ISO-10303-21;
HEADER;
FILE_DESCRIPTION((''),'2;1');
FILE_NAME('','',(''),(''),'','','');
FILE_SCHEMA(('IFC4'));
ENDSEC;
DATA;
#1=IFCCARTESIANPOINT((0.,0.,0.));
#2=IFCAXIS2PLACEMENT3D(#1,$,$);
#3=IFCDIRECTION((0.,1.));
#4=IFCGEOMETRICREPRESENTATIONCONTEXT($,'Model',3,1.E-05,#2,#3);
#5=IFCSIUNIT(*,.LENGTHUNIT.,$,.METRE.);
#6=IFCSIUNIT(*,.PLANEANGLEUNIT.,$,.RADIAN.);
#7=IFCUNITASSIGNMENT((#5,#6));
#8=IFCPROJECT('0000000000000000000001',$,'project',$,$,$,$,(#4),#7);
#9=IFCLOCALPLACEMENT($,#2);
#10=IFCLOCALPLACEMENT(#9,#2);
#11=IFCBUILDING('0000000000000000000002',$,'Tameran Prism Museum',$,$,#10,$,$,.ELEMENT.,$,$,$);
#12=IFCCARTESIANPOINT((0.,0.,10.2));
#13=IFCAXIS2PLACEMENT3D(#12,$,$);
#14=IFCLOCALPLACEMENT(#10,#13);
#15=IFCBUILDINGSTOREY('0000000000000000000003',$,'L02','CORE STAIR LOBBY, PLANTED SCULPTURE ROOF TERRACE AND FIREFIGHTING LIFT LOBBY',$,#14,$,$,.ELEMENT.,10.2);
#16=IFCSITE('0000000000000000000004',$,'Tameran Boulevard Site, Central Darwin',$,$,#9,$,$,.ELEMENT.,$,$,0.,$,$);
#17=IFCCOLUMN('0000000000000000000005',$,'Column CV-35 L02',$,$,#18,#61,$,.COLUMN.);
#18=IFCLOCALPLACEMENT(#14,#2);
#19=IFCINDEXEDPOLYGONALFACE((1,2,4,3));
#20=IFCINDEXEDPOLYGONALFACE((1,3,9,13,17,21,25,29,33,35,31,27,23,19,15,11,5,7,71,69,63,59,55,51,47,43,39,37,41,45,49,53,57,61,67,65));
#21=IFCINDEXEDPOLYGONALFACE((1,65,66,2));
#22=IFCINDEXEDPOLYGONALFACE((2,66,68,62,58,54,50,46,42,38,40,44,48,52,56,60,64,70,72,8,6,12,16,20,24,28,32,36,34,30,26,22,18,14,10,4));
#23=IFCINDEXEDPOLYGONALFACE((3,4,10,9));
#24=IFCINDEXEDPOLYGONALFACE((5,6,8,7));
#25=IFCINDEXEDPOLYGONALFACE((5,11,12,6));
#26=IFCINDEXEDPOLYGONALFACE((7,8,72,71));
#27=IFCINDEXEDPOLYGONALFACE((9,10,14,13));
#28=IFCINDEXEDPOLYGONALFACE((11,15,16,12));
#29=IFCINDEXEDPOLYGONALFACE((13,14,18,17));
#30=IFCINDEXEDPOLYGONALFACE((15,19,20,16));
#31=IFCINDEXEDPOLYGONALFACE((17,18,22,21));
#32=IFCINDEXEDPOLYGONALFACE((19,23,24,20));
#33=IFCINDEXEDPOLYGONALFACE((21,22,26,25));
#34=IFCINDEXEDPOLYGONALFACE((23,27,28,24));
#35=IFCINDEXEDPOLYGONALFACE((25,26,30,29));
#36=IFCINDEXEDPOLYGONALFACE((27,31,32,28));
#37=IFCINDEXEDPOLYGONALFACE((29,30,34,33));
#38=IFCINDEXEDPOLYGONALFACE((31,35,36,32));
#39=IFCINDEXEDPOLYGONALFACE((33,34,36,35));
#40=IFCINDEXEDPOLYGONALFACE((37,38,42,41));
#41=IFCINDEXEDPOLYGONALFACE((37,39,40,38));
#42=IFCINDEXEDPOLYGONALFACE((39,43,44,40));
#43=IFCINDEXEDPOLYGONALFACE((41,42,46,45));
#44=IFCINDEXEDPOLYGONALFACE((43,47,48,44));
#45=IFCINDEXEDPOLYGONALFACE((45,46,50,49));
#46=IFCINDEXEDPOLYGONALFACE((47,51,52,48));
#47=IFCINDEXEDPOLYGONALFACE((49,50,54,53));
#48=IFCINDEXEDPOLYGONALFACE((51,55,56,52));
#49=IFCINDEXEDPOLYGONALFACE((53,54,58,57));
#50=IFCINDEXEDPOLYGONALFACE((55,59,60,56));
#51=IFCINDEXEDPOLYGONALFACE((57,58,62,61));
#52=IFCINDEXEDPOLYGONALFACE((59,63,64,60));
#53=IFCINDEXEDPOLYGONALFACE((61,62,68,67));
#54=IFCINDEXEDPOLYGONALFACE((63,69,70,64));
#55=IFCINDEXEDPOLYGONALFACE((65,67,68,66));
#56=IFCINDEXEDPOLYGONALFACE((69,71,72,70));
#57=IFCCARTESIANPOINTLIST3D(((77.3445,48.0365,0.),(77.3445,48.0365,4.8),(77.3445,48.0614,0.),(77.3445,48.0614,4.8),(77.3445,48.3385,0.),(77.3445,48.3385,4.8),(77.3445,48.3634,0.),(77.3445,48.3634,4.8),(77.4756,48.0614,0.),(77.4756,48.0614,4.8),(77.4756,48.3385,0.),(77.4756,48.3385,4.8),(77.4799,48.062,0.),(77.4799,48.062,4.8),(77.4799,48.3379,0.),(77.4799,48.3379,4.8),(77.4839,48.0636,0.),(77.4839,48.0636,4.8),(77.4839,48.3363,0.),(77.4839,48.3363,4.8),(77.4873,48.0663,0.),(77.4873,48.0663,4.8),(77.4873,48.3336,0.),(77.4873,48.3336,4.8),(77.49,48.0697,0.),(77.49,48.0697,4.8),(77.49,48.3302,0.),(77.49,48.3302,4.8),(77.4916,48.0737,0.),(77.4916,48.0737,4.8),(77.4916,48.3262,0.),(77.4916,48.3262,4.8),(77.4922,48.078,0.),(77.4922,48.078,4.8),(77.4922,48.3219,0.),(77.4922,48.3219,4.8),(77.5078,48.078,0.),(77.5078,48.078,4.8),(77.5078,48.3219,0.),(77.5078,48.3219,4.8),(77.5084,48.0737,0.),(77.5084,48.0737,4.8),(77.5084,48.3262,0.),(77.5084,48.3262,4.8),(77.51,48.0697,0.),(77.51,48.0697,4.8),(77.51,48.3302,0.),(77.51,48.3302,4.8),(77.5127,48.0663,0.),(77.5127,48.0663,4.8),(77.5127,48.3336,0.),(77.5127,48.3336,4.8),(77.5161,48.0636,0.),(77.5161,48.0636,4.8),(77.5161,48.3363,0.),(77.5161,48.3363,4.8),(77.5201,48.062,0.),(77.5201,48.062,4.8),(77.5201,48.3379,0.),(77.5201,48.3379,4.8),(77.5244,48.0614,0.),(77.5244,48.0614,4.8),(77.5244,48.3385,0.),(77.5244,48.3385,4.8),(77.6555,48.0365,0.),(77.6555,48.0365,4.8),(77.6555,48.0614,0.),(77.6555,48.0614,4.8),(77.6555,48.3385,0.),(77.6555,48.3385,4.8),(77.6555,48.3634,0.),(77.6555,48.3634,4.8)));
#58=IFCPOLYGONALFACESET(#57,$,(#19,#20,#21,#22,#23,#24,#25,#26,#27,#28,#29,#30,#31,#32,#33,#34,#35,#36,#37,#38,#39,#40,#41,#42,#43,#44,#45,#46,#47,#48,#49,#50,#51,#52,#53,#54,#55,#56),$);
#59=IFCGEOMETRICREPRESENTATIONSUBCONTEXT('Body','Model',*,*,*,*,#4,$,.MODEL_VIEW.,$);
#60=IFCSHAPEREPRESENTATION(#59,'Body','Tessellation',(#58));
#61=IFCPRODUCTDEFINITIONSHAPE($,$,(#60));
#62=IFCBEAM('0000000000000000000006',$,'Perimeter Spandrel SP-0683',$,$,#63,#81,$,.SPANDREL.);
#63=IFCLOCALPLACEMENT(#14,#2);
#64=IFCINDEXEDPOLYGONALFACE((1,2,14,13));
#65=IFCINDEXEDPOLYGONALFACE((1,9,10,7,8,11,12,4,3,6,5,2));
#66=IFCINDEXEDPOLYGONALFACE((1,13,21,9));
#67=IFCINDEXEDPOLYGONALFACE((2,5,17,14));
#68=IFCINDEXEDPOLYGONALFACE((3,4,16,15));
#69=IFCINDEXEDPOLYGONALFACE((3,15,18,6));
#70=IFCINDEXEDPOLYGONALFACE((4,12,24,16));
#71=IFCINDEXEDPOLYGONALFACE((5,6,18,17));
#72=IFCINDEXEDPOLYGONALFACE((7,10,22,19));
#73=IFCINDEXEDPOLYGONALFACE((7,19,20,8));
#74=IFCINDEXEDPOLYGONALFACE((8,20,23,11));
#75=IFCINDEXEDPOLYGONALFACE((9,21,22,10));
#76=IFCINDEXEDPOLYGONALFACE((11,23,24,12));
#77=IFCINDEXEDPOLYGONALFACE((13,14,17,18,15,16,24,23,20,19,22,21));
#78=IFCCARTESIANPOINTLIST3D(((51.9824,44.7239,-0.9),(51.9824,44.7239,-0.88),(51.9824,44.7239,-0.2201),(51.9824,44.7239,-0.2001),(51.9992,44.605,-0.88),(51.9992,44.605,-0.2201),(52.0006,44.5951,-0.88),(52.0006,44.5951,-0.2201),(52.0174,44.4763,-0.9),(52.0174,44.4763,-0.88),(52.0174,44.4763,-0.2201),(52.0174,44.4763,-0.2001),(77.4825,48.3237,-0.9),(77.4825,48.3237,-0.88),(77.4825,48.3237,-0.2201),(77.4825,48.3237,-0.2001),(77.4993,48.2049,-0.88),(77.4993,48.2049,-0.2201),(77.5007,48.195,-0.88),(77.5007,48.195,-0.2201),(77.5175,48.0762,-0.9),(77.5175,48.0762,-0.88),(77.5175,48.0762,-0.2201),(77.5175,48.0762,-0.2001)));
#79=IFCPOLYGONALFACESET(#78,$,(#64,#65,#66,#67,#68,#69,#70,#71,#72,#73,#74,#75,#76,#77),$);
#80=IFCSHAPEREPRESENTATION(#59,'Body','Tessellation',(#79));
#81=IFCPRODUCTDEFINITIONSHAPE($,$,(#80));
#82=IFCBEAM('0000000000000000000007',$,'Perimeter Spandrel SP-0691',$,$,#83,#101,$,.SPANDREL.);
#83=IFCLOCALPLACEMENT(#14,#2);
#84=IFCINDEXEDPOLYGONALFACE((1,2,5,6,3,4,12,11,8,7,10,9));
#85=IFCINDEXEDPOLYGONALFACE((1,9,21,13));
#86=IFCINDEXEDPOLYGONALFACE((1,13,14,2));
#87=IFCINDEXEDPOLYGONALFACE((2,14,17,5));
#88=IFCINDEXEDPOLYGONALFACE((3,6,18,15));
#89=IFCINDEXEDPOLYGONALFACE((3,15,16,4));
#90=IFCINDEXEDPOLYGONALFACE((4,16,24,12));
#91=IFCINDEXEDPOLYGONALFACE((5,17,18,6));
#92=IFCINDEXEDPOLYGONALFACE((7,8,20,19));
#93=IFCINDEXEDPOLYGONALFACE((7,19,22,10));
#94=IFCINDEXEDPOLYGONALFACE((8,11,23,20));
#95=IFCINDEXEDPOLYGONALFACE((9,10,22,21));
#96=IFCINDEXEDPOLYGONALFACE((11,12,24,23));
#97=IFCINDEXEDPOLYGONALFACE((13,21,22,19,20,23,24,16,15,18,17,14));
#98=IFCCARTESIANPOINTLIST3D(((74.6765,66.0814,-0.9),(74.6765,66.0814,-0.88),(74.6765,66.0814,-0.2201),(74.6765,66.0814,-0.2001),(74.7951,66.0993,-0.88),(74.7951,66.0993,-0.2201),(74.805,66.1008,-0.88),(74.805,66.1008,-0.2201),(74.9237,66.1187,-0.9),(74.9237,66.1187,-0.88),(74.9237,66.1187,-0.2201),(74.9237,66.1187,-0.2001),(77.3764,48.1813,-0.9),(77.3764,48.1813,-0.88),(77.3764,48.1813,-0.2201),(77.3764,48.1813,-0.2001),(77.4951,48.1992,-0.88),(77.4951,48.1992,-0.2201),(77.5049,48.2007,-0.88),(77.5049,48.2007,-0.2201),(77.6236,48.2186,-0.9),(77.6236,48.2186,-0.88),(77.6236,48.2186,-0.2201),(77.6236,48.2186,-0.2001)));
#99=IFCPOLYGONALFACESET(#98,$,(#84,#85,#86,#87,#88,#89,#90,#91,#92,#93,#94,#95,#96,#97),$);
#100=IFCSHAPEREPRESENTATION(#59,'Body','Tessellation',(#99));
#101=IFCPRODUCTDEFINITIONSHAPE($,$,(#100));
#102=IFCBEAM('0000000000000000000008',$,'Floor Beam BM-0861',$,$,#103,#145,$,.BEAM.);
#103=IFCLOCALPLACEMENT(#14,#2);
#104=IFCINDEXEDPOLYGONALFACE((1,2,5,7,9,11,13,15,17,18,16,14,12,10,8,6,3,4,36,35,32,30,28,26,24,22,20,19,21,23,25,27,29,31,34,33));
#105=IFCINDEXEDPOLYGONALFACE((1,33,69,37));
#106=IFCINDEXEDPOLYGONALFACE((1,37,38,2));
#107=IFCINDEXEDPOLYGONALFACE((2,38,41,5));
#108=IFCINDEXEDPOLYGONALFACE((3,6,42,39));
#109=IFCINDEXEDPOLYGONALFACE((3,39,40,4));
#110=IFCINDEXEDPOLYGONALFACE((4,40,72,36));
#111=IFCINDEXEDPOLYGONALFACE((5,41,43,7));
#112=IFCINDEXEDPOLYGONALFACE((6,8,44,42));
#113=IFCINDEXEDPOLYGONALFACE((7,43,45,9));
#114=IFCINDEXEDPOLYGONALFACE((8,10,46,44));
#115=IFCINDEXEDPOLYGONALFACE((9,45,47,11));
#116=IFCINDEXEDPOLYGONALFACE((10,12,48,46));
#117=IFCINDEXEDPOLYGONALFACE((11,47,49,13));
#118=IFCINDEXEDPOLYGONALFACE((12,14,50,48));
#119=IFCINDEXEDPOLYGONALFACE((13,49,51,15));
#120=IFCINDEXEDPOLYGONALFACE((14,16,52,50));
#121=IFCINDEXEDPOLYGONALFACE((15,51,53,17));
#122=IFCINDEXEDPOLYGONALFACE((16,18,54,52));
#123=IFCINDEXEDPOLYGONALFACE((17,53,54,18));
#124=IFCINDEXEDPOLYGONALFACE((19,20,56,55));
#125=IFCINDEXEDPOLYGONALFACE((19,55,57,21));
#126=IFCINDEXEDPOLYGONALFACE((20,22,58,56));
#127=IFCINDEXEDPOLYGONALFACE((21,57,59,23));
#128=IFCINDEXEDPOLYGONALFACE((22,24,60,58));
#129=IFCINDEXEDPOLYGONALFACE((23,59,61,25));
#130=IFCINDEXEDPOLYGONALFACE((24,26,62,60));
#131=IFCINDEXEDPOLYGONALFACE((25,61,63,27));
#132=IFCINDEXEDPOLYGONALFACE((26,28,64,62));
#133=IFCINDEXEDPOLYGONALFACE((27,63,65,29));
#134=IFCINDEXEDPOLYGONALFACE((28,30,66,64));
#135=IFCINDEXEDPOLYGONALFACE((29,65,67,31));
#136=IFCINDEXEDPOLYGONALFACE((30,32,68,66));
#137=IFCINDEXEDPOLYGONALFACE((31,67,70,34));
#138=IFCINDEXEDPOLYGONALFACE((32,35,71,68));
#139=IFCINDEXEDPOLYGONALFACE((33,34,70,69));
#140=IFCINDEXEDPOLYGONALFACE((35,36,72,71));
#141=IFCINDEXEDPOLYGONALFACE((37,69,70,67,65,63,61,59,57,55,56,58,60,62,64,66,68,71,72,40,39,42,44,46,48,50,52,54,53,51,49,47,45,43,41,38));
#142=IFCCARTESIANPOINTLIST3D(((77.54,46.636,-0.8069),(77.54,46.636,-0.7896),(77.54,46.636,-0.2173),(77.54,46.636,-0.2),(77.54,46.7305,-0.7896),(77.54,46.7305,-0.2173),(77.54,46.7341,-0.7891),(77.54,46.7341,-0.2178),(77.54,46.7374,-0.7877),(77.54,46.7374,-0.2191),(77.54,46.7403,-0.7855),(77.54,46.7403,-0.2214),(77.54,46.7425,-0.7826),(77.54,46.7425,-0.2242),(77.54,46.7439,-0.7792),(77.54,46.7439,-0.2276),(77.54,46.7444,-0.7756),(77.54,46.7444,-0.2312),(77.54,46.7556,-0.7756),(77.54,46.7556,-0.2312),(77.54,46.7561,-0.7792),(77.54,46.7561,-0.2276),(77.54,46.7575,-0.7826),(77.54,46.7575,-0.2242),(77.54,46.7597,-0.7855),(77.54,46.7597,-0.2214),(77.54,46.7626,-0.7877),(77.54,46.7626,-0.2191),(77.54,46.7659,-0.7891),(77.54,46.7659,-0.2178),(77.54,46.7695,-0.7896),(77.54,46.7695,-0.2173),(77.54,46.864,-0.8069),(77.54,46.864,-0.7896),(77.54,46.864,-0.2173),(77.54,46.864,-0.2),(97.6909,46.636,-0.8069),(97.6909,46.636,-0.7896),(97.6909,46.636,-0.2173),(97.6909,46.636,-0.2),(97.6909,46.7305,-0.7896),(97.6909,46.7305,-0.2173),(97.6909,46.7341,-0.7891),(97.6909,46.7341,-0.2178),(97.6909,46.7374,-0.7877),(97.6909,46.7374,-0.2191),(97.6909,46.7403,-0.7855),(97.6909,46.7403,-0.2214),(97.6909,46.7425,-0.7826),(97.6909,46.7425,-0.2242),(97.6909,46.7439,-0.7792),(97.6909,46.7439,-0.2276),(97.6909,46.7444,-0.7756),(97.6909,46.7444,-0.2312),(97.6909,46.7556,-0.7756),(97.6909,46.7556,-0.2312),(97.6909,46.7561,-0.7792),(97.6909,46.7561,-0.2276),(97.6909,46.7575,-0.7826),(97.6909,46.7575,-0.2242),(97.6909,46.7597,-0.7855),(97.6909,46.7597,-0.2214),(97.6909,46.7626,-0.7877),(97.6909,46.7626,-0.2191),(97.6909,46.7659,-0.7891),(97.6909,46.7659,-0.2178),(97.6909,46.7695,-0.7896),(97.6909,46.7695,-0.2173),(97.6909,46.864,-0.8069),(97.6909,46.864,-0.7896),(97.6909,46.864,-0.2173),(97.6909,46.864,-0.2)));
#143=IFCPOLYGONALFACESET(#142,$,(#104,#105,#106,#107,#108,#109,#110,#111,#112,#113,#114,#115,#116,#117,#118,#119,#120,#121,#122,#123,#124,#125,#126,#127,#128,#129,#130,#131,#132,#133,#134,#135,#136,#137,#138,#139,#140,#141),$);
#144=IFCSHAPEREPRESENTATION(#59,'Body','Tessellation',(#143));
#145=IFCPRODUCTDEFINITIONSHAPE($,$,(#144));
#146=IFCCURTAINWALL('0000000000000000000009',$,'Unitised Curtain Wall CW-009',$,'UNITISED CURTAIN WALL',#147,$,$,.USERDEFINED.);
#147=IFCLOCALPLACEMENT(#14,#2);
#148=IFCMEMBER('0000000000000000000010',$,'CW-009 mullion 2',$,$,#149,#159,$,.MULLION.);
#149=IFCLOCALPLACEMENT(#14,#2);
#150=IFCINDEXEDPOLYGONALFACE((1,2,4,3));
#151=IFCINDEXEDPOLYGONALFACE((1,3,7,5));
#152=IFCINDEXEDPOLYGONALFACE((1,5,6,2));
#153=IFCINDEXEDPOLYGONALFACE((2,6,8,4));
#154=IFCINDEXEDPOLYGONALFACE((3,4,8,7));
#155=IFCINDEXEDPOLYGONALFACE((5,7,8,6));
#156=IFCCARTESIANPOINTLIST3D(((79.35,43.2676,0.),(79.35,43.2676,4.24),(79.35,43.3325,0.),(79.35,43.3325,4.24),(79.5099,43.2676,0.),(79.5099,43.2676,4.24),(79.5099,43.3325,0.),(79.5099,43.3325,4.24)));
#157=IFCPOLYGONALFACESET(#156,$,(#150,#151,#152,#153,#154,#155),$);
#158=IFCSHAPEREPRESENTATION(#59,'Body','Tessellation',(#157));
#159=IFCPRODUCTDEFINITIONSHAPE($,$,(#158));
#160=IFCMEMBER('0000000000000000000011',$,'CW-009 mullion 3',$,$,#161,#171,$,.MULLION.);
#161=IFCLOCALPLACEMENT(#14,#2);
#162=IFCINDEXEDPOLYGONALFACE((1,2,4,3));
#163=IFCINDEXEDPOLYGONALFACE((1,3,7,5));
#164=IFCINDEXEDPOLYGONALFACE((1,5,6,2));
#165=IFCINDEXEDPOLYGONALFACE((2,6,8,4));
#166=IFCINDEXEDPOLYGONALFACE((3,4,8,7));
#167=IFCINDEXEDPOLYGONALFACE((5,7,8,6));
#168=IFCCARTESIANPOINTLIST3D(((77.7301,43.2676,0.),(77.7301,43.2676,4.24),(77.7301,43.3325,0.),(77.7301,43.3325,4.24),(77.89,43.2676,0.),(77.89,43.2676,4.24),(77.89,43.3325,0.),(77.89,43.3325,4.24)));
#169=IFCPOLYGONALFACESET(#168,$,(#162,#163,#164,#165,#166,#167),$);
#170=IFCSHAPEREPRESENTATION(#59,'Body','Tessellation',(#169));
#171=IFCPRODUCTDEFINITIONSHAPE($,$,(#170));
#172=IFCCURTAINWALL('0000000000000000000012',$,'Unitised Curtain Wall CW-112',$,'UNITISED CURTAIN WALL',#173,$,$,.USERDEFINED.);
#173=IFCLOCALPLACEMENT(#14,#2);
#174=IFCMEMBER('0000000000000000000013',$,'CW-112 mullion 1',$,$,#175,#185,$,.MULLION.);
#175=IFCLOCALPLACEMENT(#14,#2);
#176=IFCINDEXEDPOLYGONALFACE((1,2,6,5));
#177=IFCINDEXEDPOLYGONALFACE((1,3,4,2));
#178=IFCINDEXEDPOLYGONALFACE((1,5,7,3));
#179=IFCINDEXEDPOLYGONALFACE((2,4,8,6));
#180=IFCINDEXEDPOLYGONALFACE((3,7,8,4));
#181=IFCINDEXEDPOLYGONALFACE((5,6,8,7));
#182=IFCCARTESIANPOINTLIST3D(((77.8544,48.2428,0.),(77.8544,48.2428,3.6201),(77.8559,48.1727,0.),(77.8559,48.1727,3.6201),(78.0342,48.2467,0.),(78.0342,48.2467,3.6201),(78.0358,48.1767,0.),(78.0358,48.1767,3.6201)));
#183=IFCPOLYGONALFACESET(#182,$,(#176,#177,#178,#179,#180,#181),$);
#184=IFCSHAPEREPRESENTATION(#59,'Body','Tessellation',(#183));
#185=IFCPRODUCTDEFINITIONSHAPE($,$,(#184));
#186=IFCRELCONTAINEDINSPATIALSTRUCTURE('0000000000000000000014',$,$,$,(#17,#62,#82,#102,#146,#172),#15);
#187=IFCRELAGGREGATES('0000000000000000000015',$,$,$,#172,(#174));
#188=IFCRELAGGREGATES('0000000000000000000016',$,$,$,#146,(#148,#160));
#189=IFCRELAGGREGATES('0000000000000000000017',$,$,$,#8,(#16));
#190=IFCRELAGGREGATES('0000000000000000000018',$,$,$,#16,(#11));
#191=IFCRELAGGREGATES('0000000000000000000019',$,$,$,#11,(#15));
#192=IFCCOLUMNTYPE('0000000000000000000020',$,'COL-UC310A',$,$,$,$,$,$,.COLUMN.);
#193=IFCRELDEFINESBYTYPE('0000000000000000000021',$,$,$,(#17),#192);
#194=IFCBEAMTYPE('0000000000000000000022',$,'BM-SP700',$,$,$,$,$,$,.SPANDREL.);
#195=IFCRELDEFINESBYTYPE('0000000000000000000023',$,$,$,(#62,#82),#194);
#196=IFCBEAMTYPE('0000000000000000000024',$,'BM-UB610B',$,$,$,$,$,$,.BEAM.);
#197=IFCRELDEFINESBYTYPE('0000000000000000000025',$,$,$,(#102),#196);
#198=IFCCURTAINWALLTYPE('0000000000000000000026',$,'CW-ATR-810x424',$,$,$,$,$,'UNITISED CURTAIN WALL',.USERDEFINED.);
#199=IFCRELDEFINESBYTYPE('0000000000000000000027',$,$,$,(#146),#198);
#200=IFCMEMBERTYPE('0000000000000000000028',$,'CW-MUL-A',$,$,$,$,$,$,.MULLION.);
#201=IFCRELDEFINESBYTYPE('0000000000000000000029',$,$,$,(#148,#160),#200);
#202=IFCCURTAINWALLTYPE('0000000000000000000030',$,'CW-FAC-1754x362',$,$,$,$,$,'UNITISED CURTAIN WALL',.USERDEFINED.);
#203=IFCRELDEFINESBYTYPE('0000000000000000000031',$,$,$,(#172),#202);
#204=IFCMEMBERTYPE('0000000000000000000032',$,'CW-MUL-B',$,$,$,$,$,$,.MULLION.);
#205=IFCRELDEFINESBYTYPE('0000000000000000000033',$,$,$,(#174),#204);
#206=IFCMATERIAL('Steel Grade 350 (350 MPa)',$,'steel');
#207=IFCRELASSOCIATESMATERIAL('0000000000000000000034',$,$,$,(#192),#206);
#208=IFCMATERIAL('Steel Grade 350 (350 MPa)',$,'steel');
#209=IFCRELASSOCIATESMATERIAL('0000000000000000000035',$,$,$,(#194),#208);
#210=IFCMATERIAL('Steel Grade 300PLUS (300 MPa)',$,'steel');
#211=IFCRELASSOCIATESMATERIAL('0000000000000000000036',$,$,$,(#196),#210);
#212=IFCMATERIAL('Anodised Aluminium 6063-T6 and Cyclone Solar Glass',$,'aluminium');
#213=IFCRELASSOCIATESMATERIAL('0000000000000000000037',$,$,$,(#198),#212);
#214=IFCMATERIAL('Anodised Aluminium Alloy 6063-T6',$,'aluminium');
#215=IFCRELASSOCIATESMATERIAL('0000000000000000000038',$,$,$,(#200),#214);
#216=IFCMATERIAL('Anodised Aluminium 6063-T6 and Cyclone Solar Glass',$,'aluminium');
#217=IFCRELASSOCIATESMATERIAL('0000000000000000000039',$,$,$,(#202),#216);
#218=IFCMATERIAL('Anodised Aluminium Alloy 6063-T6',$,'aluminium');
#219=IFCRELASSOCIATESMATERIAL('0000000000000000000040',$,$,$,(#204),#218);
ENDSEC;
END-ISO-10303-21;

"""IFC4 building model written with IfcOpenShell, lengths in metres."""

from ifc_helpers import new_model, si_unit, direction, frame, origin, origin_2d, place, context, subcontext, project, spatial, rectangle, i_section, extrude, material, material_profile, profile_set, type_object, element, aggregate, save


model = new_model("IFC4")

# Units and contexts
model_context = context("Model", 3, precision=1e-05, world=origin(), true_north=direction((0.0, 1.0)))
body_context = subcontext(model_context, "Body", "Model", "MODEL_VIEW")
ifc_project = project(units=[si_unit("LENGTHUNIT", "METRE"), si_unit("PLANEANGLEUNIT", "RADIAN")], contexts=[model_context])

# Site, building, storey
site_placement = place(None, origin())
site = spatial("IfcSite", under=ifc_project, at=site_placement, Name="Tameran Boulevard Site, Central Darwin", CompositionType="ELEMENT", RefElevation=0.0)
building_placement = place(site_placement, origin())
building = spatial("IfcBuilding", under=site, at=building_placement, Name="Tameran Prism Museum", CompositionType="ELEMENT")
storey_placement = place(building_placement, frame((0.0, 0.0, 10.2)))
storey = spatial("IfcBuildingStorey", under=building, at=storey_placement, Name="L02", Description="CORE STAIR LOBBY, PLANTED SCULPTURE ROOF TERRACE AND FIREFIGHTING LIFT LOBBY", CompositionType="ELEMENT", Elevation=10.2)

# Column
ifc_material_1 = material(Name="Steel Grade 350 (350 MPa)", Category="steel")
ifc_material_profile_1 = material_profile(ifc_material_1, i_section(OverallWidth=0.311, OverallDepth=0.3269, WebThickness=0.0156, FlangeThickness=0.0249, FilletRadius=0.0166, at=origin_2d()))
ifc_profile_set_1 = profile_set([ifc_material_profile_1])
column_type = type_object("IfcColumnType", Name="COL-UC310A", PredefinedType="COLUMN", material=ifc_profile_set_1)
column_placement = place(storey_placement, frame((77.5, 48.2, 0.0), z_axis=(0.0, 0.0, 1.0), x_axis=(1.0, 0.0, 0.0)))
element("IfcColumn", 1, at=column_placement, inside=storey, type_object=column_type, Name="Column CV-35 L02", PredefinedType="COLUMN", context=body_context, shape_type="SweptSolid", body=[
    extrude(i_section(OverallWidth=0.311, OverallDepth=0.3269, WebThickness=0.0156, FlangeThickness=0.0249, FilletRadius=0.0166, at=origin_2d()), origin(), (0.0, 0.0, 1.0), 4.8),
])

# Beams
ifc_material_2 = material(Name="Steel Grade 350 (350 MPa)", Category="steel")
ifc_material_profile_2 = material_profile(ifc_material_2, i_section(OverallWidth=0.25, OverallDepth=0.7, WebThickness=0.01, FlangeThickness=0.02, at=origin_2d()))
ifc_profile_set_2 = profile_set([ifc_material_profile_2])
beam_type_1 = type_object("IfcBeamType", Name="BM-SP700", PredefinedType="SPANDREL", material=ifc_profile_set_2)
beam_1_placement = place(storey_placement, frame((77.5, 48.2, -0.55), z_axis=(-0.990182, -0.139785, 0.0), x_axis=(0.139785, -0.990182, 0.0)))
element("IfcBeam", 2, at=beam_1_placement, inside=storey, type_object=beam_type_1, Name="Perimeter Spandrel SP-0683", PredefinedType="SPANDREL", context=body_context, shape_type="SweptSolid", body=[
    extrude(i_section(OverallWidth=0.25, OverallDepth=0.7, WebThickness=0.01, FlangeThickness=0.02, at=origin_2d()), origin(), (0.0, 0.0, 1.0), 25.7529),
])
beam_2_placement = place(storey_placement, frame((77.5, 48.2, -0.55), z_axis=(-0.149147, 0.988815, 0.0), x_axis=(-0.988815, -0.149147, 0.0)))
element("IfcBeam", 3, at=beam_2_placement, inside=storey, type_object=beam_type_1, Name="Perimeter Spandrel SP-0691", PredefinedType="SPANDREL", context=body_context, shape_type="SweptSolid", body=[
    extrude(i_section(OverallWidth=0.25, OverallDepth=0.7, WebThickness=0.01, FlangeThickness=0.02, at=origin_2d()), origin(), (0.0, 0.0, 1.0), 18.1025),
])
ifc_material_3 = material(Name="Steel Grade 300PLUS (300 MPa)", Category="steel")
ifc_material_profile_3 = material_profile(ifc_material_3, i_section(OverallWidth=0.228, OverallDepth=0.6069, WebThickness=0.0112, FlangeThickness=0.0173, FilletRadius=0.0139, at=origin_2d()))
ifc_profile_set_3 = profile_set([ifc_material_profile_3])
beam_type_2 = type_object("IfcBeamType", Name="BM-UB610B", PredefinedType="BEAM", material=ifc_profile_set_3)
beam_3_placement = place(storey_placement, frame((77.54, 46.75, -0.5034), z_axis=(1.0, 0.0, 0.0), x_axis=(0.0, 1.0, 0.0)))
element("IfcBeam", 4, at=beam_3_placement, inside=storey, type_object=beam_type_2, Name="Floor Beam BM-0861", PredefinedType="BEAM", context=body_context, shape_type="SweptSolid", body=[
    extrude(i_section(OverallWidth=0.228, OverallDepth=0.6069, WebThickness=0.0112, FlangeThickness=0.0173, FilletRadius=0.0139, at=origin_2d()), origin(), (0.0, 0.0, 1.0), 20.1509),
])

# Curtain wall, members
ifc_material_4 = material(Name="Anodised Aluminium 6063-T6 and Cyclone Solar Glass", Category="aluminium")
curtain_wall_type_1 = type_object("IfcCurtainWallType", Name="CW-ATR-810x424", ElementType="UNITISED CURTAIN WALL", PredefinedType="USERDEFINED", material=ifc_material_4)
curtain_wall_1_placement = place(storey_placement, origin())
curtain_wall_1 = element("IfcCurtainWall", 5, at=curtain_wall_1_placement, inside=storey, type_object=curtain_wall_type_1, Name="Unitised Curtain Wall CW-009", ObjectType="UNITISED CURTAIN WALL", PredefinedType="USERDEFINED")
ifc_material_5 = material(Name="Anodised Aluminium Alloy 6063-T6", Category="aluminium")
ifc_material_profile_4 = material_profile(ifc_material_5, rectangle(XDim=0.0649, YDim=0.1599, at=origin_2d()))
ifc_profile_set_4 = profile_set([ifc_material_profile_4])
member_type_1 = type_object("IfcMemberType", Name="CW-MUL-A", PredefinedType="MULLION", material=ifc_profile_set_4)
member_1_placement = place(storey_placement, frame((79.4299, 43.3, 0.0), z_axis=(0.0, 0.0, 1.0), x_axis=(0.0, -1.0, 0.0)))
member_1 = element("IfcMember", 6, at=member_1_placement, type_object=member_type_1, Name="CW-009 mullion 2", PredefinedType="MULLION", context=body_context, shape_type="SweptSolid", body=[
    extrude(rectangle(XDim=0.0649, YDim=0.1599, at=origin_2d()), origin(), (0.0, 0.0, 1.0), 4.24),
])
member_2_placement = place(storey_placement, frame((77.8101, 43.3, 0.0), z_axis=(0.0, 0.0, 1.0), x_axis=(0.0, -1.0, 0.0)))
member_2 = element("IfcMember", 7, at=member_2_placement, type_object=member_type_1, Name="CW-009 mullion 3", PredefinedType="MULLION", context=body_context, shape_type="SweptSolid", body=[
    extrude(rectangle(XDim=0.0649, YDim=0.1599, at=origin_2d()), origin(), (0.0, 0.0, 1.0), 4.24),
])

# Curtain wall, member
ifc_material_6 = material(Name="Anodised Aluminium 6063-T6 and Cyclone Solar Glass", Category="aluminium")
curtain_wall_type_2 = type_object("IfcCurtainWallType", Name="CW-FAC-1754x362", ElementType="UNITISED CURTAIN WALL", PredefinedType="USERDEFINED", material=ifc_material_6)
curtain_wall_2_placement = place(storey_placement, origin())
curtain_wall_2 = element("IfcCurtainWall", 8, at=curtain_wall_2_placement, inside=storey, type_object=curtain_wall_type_2, Name="Unitised Curtain Wall CW-112", ObjectType="UNITISED CURTAIN WALL", PredefinedType="USERDEFINED")
ifc_material_7 = material(Name="Anodised Aluminium Alloy 6063-T6", Category="aluminium")
ifc_material_profile_5 = material_profile(ifc_material_7, rectangle(XDim=0.0701, YDim=0.1799, at=origin_2d()))
ifc_profile_set_5 = profile_set([ifc_material_profile_5])
member_type_2 = type_object("IfcMemberType", Name="CW-MUL-B", PredefinedType="MULLION", material=ifc_profile_set_5)
member_3_placement = place(storey_placement, frame((77.9451, 48.2097, 0.0), z_axis=(0.0, 0.0, 1.0), x_axis=(-0.021831, 0.999762, 0.0)))
member_3 = element("IfcMember", 9, at=member_3_placement, type_object=member_type_2, Name="CW-112 mullion 1", PredefinedType="MULLION", context=body_context, shape_type="SweptSolid", body=[
    extrude(rectangle(XDim=0.0701, YDim=0.1799, at=origin_2d()), origin(), (0.0, 0.0, 1.0), 3.6201),
])
aggregate(curtain_wall_2, [member_3])

aggregate(curtain_wall_1, [member_1, member_2])

save(model, "model.ifc")
